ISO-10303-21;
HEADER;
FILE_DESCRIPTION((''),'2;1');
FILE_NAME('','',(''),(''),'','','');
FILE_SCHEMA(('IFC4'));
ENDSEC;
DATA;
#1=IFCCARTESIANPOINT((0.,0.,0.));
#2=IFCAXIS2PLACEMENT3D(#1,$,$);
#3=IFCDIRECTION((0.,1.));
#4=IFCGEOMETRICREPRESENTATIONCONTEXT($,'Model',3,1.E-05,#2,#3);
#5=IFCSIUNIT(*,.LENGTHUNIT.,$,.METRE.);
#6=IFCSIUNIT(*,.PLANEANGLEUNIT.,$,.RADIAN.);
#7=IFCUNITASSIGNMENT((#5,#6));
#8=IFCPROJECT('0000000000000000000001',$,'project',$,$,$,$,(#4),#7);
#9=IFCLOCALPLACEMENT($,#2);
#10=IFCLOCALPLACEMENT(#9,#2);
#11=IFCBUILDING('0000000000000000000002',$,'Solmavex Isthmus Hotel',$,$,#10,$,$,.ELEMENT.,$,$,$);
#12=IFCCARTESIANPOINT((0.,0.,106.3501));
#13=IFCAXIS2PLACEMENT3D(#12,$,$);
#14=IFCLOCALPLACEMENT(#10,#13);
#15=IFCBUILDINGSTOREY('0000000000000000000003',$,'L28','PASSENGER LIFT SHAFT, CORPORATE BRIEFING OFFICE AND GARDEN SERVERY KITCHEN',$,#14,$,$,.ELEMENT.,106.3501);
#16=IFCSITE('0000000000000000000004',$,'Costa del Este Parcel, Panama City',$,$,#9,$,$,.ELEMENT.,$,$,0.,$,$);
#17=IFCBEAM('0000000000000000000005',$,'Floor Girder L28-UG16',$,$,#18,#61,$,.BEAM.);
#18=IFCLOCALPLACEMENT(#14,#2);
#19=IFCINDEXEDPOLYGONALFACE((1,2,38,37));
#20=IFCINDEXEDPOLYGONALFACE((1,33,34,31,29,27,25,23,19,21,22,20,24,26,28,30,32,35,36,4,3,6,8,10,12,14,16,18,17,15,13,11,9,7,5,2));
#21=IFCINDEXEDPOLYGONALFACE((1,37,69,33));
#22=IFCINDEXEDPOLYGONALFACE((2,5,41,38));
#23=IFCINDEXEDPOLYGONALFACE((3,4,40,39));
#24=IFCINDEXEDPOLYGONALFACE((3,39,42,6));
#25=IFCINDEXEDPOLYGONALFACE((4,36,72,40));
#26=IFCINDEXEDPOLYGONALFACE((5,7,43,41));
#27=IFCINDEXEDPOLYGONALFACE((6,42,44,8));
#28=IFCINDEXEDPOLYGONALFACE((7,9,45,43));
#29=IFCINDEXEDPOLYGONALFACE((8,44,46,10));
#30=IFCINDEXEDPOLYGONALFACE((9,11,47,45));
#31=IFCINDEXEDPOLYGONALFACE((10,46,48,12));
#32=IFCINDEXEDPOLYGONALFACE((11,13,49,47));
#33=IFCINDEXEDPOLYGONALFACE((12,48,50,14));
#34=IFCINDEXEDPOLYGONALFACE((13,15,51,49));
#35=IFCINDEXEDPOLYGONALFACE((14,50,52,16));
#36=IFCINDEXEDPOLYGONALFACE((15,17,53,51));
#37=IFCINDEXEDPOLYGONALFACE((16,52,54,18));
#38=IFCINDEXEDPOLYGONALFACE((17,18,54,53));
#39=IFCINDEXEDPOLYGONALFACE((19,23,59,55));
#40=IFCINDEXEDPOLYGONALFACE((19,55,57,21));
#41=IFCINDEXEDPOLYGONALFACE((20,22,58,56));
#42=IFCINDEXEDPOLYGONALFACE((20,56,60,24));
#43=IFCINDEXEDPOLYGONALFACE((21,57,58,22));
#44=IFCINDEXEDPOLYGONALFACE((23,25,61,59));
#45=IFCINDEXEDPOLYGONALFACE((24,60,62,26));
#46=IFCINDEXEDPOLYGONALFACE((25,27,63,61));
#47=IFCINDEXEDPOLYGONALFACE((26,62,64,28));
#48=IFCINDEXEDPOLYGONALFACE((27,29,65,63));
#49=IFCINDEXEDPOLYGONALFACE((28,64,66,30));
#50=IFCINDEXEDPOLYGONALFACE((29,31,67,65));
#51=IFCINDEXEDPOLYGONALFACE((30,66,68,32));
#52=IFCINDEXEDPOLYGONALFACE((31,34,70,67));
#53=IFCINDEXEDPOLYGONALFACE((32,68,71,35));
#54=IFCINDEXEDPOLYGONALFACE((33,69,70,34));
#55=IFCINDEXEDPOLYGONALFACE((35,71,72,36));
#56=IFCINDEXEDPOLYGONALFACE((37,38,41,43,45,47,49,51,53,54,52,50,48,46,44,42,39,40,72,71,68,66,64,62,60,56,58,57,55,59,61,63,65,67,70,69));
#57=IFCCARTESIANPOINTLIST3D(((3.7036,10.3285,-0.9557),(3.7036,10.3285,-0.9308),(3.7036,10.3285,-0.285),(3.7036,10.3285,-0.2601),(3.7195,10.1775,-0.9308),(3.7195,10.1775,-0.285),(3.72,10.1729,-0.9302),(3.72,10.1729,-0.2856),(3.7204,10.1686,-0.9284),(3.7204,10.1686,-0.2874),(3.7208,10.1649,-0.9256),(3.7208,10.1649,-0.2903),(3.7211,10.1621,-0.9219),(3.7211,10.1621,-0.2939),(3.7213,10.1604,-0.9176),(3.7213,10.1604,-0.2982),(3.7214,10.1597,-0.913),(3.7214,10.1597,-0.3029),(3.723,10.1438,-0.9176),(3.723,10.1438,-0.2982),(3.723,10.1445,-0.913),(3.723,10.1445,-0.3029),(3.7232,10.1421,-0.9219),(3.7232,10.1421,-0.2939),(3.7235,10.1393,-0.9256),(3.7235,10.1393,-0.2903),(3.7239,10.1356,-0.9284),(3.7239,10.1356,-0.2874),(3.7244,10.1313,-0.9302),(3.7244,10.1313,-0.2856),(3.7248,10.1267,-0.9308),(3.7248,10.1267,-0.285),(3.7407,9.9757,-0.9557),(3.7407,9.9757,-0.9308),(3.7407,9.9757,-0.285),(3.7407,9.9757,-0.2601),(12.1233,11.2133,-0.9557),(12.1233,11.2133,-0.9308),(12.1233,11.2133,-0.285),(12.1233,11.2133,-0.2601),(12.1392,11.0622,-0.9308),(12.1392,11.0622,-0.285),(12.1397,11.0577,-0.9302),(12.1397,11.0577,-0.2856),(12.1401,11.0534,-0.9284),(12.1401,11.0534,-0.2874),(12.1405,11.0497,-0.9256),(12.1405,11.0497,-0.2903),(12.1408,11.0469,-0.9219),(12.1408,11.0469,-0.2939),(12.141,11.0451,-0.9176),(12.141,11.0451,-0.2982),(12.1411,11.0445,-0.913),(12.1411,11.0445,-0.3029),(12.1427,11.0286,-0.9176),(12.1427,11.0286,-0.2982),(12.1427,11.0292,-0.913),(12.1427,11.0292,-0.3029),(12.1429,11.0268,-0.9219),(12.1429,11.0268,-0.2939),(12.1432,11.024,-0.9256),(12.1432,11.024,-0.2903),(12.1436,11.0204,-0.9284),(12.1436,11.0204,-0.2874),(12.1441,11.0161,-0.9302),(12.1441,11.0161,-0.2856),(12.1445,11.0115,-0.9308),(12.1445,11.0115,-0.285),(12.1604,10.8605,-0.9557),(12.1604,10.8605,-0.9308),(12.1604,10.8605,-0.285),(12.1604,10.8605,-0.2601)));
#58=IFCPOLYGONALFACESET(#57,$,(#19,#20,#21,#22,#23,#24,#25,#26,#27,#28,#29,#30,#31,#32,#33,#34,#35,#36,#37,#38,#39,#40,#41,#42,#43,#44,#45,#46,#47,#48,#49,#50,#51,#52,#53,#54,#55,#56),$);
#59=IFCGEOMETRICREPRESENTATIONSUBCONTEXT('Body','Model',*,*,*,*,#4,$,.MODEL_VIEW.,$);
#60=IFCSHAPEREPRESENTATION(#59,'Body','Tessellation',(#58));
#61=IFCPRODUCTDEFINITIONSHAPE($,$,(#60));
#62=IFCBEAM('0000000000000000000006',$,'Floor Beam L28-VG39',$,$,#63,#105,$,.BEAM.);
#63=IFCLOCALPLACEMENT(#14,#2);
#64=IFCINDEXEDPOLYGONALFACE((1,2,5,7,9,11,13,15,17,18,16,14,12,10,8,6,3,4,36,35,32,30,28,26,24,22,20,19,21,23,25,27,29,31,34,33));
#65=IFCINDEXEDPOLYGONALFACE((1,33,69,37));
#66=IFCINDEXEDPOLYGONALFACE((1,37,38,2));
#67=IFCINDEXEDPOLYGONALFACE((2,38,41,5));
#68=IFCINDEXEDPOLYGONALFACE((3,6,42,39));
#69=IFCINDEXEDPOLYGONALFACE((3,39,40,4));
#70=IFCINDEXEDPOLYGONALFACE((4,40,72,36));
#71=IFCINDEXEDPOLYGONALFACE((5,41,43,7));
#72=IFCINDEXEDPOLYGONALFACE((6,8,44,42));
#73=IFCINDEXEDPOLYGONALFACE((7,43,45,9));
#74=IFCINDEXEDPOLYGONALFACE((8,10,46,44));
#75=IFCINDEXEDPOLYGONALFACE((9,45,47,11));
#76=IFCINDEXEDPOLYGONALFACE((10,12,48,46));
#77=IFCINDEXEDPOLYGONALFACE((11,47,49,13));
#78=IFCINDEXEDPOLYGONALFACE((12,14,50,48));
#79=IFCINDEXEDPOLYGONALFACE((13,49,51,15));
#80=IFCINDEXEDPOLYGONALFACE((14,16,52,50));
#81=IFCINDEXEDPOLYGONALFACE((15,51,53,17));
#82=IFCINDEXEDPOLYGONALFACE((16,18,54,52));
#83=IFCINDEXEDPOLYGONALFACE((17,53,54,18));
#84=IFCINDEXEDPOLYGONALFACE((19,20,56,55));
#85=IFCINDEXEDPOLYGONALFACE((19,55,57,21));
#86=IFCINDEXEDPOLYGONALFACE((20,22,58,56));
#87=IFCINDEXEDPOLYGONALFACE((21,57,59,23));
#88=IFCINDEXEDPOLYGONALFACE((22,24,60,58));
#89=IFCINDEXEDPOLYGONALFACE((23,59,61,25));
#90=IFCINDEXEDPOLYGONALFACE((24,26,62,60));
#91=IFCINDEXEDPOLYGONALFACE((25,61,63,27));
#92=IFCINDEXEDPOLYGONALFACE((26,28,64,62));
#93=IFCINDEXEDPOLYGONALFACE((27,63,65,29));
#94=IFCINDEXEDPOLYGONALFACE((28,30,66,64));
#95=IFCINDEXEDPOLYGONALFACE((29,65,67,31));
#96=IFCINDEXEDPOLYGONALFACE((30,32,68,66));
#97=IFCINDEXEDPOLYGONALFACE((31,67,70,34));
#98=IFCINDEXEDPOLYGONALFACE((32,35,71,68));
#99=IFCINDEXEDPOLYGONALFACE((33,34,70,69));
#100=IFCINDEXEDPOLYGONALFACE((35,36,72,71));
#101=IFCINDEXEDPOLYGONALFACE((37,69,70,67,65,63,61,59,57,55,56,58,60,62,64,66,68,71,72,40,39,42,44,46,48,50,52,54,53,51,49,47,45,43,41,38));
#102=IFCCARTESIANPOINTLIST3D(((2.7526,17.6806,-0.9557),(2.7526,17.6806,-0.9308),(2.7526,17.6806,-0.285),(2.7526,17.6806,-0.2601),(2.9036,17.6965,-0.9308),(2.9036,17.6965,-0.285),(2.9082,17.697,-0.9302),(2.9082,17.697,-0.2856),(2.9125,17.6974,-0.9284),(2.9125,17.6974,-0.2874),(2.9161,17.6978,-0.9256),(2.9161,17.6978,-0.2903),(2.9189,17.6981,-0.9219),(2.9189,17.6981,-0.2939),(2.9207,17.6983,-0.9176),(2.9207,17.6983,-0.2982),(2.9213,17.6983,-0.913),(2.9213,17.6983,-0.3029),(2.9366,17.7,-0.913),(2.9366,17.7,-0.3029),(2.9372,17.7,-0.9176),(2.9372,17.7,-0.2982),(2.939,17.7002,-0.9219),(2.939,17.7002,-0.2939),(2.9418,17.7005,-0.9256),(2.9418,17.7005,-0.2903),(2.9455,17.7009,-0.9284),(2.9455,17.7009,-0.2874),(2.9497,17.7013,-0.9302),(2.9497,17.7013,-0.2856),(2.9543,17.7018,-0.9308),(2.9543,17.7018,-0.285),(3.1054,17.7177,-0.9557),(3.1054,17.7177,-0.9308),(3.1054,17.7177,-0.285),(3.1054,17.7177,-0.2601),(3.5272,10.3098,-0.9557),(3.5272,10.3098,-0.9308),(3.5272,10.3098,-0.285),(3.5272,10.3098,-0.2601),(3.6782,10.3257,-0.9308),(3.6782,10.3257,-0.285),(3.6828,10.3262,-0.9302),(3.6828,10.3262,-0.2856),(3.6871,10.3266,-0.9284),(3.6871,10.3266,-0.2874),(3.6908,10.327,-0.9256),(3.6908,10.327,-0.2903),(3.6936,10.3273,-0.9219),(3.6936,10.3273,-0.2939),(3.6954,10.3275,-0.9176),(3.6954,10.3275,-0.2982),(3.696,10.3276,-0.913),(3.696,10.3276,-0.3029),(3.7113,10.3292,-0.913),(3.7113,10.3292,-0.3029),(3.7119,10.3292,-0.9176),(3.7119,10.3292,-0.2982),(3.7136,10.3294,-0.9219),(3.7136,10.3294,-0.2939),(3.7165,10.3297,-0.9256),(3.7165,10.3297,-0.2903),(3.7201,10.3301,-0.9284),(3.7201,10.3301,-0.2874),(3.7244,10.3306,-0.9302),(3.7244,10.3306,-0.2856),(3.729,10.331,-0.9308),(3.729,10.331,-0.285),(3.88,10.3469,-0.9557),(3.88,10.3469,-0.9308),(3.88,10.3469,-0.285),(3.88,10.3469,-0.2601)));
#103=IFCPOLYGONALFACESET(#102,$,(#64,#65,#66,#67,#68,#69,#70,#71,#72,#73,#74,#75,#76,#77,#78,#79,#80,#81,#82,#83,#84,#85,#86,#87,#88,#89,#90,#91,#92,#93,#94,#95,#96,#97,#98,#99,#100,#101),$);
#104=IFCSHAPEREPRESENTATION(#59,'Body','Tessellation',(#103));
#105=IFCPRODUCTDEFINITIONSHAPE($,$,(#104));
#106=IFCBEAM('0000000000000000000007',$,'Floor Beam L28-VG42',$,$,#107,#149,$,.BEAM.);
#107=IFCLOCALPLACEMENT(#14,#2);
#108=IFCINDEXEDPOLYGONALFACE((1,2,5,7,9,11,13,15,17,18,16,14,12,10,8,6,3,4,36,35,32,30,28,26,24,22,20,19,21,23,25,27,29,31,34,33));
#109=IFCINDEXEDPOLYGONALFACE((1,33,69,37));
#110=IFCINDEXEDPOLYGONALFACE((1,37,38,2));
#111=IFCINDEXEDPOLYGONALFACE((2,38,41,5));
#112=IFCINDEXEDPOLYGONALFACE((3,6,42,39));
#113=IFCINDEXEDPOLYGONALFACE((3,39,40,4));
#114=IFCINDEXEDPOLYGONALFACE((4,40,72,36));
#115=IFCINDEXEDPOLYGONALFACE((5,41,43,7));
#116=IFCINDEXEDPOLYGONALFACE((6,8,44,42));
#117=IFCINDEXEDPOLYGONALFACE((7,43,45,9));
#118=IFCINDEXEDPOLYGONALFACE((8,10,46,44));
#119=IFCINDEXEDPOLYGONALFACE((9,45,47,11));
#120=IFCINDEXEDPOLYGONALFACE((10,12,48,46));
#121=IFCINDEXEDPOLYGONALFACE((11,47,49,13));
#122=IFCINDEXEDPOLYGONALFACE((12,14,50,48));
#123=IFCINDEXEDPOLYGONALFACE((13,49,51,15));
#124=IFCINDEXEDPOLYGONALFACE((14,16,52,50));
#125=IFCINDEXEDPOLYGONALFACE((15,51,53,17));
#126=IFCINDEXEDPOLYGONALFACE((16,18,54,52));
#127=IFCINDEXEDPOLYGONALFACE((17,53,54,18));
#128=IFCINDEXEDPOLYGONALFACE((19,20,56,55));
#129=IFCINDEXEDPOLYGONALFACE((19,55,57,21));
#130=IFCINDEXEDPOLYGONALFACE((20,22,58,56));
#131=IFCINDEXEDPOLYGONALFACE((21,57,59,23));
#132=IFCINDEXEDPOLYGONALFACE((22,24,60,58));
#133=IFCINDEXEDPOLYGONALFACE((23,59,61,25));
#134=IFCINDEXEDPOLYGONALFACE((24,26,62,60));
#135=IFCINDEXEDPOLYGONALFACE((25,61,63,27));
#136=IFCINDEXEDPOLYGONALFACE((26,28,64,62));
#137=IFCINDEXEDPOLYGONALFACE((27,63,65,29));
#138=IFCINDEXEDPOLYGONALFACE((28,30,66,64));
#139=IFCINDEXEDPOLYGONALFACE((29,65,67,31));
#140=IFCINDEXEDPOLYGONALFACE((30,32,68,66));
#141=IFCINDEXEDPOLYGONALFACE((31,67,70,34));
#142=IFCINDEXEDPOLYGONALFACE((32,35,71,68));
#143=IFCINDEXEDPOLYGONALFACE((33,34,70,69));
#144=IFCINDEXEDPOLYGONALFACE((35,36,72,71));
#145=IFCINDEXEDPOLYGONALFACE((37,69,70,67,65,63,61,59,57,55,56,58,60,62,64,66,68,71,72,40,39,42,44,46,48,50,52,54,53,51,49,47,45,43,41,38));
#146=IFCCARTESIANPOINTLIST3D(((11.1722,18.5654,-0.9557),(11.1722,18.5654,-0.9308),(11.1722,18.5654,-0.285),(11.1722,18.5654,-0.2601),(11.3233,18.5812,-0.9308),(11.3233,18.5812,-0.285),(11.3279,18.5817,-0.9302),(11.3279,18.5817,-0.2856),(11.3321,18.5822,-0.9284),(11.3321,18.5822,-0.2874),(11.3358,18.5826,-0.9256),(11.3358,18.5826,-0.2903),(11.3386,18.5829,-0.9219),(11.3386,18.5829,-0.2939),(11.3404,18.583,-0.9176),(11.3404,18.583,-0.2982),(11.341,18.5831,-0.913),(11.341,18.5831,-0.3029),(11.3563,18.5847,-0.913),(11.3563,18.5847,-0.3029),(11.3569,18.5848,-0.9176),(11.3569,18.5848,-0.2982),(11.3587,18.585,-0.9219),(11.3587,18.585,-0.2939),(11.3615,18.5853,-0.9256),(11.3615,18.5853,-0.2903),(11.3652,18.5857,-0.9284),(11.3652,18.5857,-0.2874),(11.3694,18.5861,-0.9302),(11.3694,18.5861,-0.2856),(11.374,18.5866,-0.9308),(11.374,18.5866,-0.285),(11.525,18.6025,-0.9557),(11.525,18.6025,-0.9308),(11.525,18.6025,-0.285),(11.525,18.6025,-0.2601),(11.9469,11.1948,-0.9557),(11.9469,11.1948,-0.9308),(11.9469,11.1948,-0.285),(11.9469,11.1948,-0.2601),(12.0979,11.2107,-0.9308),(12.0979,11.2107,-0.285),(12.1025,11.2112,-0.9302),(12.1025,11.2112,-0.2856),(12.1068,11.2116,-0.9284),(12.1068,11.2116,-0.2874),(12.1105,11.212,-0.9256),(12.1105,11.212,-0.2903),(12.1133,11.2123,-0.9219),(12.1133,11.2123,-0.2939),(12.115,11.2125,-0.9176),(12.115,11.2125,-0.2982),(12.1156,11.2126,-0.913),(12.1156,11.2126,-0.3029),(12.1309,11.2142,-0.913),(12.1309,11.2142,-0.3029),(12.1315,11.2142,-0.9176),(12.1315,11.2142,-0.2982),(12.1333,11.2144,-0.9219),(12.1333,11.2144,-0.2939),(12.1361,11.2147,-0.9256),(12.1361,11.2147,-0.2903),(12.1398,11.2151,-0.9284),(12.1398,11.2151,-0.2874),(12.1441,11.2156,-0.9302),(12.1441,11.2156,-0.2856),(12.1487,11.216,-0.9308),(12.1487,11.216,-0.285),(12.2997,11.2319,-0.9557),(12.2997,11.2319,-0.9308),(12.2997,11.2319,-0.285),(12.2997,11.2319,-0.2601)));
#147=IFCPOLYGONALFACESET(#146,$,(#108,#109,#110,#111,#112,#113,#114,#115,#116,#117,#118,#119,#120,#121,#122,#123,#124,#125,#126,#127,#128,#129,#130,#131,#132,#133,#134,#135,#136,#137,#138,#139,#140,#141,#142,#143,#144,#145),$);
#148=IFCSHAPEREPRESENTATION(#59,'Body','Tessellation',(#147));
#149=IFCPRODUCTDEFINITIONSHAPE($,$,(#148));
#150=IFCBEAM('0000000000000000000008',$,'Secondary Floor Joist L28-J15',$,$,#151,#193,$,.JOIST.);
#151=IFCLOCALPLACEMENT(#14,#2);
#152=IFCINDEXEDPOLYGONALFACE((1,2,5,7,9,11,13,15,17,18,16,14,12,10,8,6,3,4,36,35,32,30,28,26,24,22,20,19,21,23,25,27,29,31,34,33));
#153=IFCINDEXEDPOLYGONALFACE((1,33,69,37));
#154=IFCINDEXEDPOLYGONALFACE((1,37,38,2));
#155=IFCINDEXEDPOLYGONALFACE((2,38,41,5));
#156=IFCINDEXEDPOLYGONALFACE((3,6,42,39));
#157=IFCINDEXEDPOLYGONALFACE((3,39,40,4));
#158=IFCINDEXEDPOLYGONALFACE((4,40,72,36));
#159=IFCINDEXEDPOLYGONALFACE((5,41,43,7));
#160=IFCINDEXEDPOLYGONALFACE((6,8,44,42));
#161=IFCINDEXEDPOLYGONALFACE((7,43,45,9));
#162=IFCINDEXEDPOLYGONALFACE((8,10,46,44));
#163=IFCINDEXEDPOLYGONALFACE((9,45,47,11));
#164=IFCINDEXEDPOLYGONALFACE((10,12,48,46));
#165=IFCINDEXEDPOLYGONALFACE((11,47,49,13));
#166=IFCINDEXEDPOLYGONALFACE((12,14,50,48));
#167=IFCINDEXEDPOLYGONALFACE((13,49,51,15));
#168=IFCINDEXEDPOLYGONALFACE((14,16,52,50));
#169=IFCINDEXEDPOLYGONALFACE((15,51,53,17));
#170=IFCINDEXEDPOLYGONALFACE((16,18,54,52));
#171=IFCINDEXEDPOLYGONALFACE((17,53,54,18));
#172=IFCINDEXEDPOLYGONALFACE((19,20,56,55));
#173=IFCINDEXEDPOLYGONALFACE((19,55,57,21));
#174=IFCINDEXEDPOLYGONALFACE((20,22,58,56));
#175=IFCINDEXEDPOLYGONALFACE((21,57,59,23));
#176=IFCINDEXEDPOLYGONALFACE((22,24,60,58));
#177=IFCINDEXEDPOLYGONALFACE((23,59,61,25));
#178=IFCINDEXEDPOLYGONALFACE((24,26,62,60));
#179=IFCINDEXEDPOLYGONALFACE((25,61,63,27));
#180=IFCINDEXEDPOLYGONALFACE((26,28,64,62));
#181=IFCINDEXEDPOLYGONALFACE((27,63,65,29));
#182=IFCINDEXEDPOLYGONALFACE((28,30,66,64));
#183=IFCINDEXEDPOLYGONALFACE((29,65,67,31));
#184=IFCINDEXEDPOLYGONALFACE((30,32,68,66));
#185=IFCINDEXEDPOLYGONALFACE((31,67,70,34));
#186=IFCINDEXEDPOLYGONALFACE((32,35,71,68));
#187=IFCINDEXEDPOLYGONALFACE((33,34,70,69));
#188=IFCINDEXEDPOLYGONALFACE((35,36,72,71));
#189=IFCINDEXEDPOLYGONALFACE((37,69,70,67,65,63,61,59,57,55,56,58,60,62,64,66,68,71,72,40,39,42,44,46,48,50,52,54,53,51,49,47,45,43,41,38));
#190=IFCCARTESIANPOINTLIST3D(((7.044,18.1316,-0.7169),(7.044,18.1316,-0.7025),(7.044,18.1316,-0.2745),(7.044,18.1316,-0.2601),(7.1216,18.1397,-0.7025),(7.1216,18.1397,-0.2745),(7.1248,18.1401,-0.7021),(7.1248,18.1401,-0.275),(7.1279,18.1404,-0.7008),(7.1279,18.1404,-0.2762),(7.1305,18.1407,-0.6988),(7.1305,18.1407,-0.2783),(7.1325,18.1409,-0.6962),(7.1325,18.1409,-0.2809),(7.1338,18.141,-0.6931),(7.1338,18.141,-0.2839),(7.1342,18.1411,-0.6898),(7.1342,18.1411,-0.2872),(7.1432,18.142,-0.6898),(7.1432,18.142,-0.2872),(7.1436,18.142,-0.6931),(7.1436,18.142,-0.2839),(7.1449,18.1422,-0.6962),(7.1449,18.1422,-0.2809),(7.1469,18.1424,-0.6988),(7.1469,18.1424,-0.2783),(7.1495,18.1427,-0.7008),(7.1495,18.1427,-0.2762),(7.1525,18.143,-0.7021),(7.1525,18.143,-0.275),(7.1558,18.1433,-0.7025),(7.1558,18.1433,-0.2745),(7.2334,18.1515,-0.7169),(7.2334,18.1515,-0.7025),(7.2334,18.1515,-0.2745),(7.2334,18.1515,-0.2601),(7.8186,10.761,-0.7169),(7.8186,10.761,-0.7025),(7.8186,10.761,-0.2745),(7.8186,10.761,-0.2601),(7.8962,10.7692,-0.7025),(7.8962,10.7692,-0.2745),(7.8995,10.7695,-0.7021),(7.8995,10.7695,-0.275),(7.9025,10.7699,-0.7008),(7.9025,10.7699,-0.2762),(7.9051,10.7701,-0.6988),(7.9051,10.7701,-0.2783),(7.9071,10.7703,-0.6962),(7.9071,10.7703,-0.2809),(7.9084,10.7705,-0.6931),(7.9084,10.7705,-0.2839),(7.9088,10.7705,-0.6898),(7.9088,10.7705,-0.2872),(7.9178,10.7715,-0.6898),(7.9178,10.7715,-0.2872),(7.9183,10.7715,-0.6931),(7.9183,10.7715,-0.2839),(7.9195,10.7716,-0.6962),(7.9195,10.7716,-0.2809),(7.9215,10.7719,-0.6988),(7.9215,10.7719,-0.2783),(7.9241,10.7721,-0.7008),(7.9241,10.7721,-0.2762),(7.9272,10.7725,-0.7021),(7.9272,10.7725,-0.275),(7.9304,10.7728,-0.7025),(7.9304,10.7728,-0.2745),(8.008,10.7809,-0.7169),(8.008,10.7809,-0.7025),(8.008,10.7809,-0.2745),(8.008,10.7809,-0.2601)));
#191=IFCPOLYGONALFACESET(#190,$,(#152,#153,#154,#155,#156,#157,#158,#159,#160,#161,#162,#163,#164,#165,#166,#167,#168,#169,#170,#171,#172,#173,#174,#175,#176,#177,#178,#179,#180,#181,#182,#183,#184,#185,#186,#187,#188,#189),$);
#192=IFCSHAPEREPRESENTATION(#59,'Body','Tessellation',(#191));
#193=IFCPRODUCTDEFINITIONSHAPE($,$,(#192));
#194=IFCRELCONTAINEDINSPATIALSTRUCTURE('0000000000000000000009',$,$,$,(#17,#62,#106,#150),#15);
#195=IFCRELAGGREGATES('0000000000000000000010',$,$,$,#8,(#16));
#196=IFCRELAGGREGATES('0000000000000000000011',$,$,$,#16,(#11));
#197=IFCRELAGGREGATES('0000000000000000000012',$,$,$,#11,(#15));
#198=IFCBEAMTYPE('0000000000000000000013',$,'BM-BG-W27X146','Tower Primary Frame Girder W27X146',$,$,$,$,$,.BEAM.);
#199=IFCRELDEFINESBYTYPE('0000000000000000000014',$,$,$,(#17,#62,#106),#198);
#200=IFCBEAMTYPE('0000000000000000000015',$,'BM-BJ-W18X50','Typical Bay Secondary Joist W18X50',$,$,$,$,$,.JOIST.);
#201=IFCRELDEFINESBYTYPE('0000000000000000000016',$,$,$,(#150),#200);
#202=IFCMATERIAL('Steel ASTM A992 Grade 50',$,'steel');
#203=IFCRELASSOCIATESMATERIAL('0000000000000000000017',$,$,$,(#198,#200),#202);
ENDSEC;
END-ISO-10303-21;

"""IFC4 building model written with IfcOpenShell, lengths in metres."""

from ifc_helpers import new_model, si_unit, direction, frame, origin, origin_2d, place, context, subcontext, project, spatial, i_section, extrude, material, material_profile, profile_set, type_object, element, save


model = new_model("IFC4")

# Units and contexts
model_context = context("Model", 3, precision=1e-05, world=origin(), true_north=direction((0.0, 1.0)))
body_context = subcontext(model_context, "Body", "Model", "MODEL_VIEW")
ifc_project = project(units=[si_unit("LENGTHUNIT", "METRE"), si_unit("PLANEANGLEUNIT", "RADIAN")], contexts=[model_context])

# Site, building, storey
site_placement = place(None, origin())
site = spatial("IfcSite", under=ifc_project, at=site_placement, Name="Costa del Este Parcel, Panama City", CompositionType="ELEMENT", RefElevation=0.0)
building_placement = place(site_placement, origin())
building = spatial("IfcBuilding", under=site, at=building_placement, Name="Solmavex Isthmus Hotel", CompositionType="ELEMENT")
storey_placement = place(building_placement, frame((0.0, 0.0, 106.3501)))
storey = spatial("IfcBuildingStorey", under=building, at=storey_placement, Name="L28", Description="PASSENGER LIFT SHAFT, CORPORATE BRIEFING OFFICE AND GARDEN SERVERY KITCHEN", CompositionType="ELEMENT", Elevation=106.3501)

# Beams
ifc_material_1 = material(Name="Steel ASTM A992 Grade 50", Category="steel")
ifc_material_profile_1 = material_profile(ifc_material_1, i_section(OverallWidth=0.3547, OverallDepth=0.6956, WebThickness=0.0154, FlangeThickness=0.0249, FilletRadius=0.0178, at=origin_2d()), Name="W27X146")
ifc_profile_set_1 = profile_set([ifc_material_profile_1], Name="Steel ASTM A992 Grade 50")
beam_type_1 = type_object("IfcBeamType", Name="BM-BG-W27X146", Description="Tower Primary Frame Girder W27X146", PredefinedType="BEAM", material=ifc_profile_set_1)
beam_1_placement = place(storey_placement, frame((3.7222, 10.1521, -0.6079), z_axis=(0.994524, 0.104508, 0.0), x_axis=(-0.104508, 0.994524, 0.0)))
element("IfcBeam", 1, at=beam_1_placement, inside=storey, type_object=beam_type_1, Name="Floor Girder L28-UG16", PredefinedType="BEAM", context=body_context, shape_type="SweptSolid", body=[
    extrude(i_section(OverallWidth=0.3547, OverallDepth=0.6956, WebThickness=0.0154, FlangeThickness=0.0249, FilletRadius=0.0178, at=origin_2d()), origin(), (0.0, 0.0, 1.0), 8.4661),
])
beam_2_placement = place(storey_placement, frame((3.7036, 10.3284, -0.6079), z_axis=(-0.104522, 0.994523, 0.0), x_axis=(-0.994523, -0.104522, 0.0)))
element("IfcBeam", 2, at=beam_2_placement, inside=storey, type_object=beam_type_1, Name="Floor Beam L28-VG39", PredefinedType="BEAM", context=body_context, shape_type="SweptSolid", body=[
    extrude(i_section(OverallWidth=0.3547, OverallDepth=0.6956, WebThickness=0.0154, FlangeThickness=0.0249, FilletRadius=0.0178, at=origin_2d()), origin(), (0.0, 0.0, 1.0), 7.4114),
])
beam_3_placement = place(storey_placement, frame((12.1233, 11.2134, -0.6079), z_axis=(-0.104525, 0.994522, 0.0), x_axis=(-0.994522, -0.104525, 0.0)))
element("IfcBeam", 3, at=beam_3_placement, inside=storey, type_object=beam_type_1, Name="Floor Beam L28-VG42", PredefinedType="BEAM", context=body_context, shape_type="SweptSolid", body=[
    extrude(i_section(OverallWidth=0.3547, OverallDepth=0.6956, WebThickness=0.0154, FlangeThickness=0.0249, FilletRadius=0.0178, at=origin_2d()), origin(), (0.0, 0.0, 1.0), 7.4111),
])
ifc_material_profile_2 = material_profile(ifc_material_1, i_section(OverallWidth=0.1904, OverallDepth=0.4568, WebThickness=0.009, FlangeThickness=0.0144, FilletRadius=0.0127, at=origin_2d()), Name="W18X50")
ifc_profile_set_2 = profile_set([ifc_material_profile_2], Name="Steel ASTM A992 Grade 50")
beam_type_2 = type_object("IfcBeamType", Name="BM-BJ-W18X50", Description="Typical Bay Secondary Joist W18X50", PredefinedType="JOIST", material=ifc_profile_set_2)
beam_4_placement = place(storey_placement, frame((7.9133, 10.771, -0.4885), z_axis=(-0.104525, 0.994522, 0.0), x_axis=(-0.994522, -0.104525, 0.0)))
element("IfcBeam", 4, at=beam_4_placement, inside=storey, type_object=beam_type_2, Name="Secondary Floor Joist L28-J15", PredefinedType="JOIST", context=body_context, shape_type="SweptSolid", body=[
    extrude(i_section(OverallWidth=0.1904, OverallDepth=0.4568, WebThickness=0.009, FlangeThickness=0.0144, FilletRadius=0.0127, at=origin_2d()), origin(), (0.0, 0.0, 1.0), 7.4111),
])

save(model, "model.ifc")
